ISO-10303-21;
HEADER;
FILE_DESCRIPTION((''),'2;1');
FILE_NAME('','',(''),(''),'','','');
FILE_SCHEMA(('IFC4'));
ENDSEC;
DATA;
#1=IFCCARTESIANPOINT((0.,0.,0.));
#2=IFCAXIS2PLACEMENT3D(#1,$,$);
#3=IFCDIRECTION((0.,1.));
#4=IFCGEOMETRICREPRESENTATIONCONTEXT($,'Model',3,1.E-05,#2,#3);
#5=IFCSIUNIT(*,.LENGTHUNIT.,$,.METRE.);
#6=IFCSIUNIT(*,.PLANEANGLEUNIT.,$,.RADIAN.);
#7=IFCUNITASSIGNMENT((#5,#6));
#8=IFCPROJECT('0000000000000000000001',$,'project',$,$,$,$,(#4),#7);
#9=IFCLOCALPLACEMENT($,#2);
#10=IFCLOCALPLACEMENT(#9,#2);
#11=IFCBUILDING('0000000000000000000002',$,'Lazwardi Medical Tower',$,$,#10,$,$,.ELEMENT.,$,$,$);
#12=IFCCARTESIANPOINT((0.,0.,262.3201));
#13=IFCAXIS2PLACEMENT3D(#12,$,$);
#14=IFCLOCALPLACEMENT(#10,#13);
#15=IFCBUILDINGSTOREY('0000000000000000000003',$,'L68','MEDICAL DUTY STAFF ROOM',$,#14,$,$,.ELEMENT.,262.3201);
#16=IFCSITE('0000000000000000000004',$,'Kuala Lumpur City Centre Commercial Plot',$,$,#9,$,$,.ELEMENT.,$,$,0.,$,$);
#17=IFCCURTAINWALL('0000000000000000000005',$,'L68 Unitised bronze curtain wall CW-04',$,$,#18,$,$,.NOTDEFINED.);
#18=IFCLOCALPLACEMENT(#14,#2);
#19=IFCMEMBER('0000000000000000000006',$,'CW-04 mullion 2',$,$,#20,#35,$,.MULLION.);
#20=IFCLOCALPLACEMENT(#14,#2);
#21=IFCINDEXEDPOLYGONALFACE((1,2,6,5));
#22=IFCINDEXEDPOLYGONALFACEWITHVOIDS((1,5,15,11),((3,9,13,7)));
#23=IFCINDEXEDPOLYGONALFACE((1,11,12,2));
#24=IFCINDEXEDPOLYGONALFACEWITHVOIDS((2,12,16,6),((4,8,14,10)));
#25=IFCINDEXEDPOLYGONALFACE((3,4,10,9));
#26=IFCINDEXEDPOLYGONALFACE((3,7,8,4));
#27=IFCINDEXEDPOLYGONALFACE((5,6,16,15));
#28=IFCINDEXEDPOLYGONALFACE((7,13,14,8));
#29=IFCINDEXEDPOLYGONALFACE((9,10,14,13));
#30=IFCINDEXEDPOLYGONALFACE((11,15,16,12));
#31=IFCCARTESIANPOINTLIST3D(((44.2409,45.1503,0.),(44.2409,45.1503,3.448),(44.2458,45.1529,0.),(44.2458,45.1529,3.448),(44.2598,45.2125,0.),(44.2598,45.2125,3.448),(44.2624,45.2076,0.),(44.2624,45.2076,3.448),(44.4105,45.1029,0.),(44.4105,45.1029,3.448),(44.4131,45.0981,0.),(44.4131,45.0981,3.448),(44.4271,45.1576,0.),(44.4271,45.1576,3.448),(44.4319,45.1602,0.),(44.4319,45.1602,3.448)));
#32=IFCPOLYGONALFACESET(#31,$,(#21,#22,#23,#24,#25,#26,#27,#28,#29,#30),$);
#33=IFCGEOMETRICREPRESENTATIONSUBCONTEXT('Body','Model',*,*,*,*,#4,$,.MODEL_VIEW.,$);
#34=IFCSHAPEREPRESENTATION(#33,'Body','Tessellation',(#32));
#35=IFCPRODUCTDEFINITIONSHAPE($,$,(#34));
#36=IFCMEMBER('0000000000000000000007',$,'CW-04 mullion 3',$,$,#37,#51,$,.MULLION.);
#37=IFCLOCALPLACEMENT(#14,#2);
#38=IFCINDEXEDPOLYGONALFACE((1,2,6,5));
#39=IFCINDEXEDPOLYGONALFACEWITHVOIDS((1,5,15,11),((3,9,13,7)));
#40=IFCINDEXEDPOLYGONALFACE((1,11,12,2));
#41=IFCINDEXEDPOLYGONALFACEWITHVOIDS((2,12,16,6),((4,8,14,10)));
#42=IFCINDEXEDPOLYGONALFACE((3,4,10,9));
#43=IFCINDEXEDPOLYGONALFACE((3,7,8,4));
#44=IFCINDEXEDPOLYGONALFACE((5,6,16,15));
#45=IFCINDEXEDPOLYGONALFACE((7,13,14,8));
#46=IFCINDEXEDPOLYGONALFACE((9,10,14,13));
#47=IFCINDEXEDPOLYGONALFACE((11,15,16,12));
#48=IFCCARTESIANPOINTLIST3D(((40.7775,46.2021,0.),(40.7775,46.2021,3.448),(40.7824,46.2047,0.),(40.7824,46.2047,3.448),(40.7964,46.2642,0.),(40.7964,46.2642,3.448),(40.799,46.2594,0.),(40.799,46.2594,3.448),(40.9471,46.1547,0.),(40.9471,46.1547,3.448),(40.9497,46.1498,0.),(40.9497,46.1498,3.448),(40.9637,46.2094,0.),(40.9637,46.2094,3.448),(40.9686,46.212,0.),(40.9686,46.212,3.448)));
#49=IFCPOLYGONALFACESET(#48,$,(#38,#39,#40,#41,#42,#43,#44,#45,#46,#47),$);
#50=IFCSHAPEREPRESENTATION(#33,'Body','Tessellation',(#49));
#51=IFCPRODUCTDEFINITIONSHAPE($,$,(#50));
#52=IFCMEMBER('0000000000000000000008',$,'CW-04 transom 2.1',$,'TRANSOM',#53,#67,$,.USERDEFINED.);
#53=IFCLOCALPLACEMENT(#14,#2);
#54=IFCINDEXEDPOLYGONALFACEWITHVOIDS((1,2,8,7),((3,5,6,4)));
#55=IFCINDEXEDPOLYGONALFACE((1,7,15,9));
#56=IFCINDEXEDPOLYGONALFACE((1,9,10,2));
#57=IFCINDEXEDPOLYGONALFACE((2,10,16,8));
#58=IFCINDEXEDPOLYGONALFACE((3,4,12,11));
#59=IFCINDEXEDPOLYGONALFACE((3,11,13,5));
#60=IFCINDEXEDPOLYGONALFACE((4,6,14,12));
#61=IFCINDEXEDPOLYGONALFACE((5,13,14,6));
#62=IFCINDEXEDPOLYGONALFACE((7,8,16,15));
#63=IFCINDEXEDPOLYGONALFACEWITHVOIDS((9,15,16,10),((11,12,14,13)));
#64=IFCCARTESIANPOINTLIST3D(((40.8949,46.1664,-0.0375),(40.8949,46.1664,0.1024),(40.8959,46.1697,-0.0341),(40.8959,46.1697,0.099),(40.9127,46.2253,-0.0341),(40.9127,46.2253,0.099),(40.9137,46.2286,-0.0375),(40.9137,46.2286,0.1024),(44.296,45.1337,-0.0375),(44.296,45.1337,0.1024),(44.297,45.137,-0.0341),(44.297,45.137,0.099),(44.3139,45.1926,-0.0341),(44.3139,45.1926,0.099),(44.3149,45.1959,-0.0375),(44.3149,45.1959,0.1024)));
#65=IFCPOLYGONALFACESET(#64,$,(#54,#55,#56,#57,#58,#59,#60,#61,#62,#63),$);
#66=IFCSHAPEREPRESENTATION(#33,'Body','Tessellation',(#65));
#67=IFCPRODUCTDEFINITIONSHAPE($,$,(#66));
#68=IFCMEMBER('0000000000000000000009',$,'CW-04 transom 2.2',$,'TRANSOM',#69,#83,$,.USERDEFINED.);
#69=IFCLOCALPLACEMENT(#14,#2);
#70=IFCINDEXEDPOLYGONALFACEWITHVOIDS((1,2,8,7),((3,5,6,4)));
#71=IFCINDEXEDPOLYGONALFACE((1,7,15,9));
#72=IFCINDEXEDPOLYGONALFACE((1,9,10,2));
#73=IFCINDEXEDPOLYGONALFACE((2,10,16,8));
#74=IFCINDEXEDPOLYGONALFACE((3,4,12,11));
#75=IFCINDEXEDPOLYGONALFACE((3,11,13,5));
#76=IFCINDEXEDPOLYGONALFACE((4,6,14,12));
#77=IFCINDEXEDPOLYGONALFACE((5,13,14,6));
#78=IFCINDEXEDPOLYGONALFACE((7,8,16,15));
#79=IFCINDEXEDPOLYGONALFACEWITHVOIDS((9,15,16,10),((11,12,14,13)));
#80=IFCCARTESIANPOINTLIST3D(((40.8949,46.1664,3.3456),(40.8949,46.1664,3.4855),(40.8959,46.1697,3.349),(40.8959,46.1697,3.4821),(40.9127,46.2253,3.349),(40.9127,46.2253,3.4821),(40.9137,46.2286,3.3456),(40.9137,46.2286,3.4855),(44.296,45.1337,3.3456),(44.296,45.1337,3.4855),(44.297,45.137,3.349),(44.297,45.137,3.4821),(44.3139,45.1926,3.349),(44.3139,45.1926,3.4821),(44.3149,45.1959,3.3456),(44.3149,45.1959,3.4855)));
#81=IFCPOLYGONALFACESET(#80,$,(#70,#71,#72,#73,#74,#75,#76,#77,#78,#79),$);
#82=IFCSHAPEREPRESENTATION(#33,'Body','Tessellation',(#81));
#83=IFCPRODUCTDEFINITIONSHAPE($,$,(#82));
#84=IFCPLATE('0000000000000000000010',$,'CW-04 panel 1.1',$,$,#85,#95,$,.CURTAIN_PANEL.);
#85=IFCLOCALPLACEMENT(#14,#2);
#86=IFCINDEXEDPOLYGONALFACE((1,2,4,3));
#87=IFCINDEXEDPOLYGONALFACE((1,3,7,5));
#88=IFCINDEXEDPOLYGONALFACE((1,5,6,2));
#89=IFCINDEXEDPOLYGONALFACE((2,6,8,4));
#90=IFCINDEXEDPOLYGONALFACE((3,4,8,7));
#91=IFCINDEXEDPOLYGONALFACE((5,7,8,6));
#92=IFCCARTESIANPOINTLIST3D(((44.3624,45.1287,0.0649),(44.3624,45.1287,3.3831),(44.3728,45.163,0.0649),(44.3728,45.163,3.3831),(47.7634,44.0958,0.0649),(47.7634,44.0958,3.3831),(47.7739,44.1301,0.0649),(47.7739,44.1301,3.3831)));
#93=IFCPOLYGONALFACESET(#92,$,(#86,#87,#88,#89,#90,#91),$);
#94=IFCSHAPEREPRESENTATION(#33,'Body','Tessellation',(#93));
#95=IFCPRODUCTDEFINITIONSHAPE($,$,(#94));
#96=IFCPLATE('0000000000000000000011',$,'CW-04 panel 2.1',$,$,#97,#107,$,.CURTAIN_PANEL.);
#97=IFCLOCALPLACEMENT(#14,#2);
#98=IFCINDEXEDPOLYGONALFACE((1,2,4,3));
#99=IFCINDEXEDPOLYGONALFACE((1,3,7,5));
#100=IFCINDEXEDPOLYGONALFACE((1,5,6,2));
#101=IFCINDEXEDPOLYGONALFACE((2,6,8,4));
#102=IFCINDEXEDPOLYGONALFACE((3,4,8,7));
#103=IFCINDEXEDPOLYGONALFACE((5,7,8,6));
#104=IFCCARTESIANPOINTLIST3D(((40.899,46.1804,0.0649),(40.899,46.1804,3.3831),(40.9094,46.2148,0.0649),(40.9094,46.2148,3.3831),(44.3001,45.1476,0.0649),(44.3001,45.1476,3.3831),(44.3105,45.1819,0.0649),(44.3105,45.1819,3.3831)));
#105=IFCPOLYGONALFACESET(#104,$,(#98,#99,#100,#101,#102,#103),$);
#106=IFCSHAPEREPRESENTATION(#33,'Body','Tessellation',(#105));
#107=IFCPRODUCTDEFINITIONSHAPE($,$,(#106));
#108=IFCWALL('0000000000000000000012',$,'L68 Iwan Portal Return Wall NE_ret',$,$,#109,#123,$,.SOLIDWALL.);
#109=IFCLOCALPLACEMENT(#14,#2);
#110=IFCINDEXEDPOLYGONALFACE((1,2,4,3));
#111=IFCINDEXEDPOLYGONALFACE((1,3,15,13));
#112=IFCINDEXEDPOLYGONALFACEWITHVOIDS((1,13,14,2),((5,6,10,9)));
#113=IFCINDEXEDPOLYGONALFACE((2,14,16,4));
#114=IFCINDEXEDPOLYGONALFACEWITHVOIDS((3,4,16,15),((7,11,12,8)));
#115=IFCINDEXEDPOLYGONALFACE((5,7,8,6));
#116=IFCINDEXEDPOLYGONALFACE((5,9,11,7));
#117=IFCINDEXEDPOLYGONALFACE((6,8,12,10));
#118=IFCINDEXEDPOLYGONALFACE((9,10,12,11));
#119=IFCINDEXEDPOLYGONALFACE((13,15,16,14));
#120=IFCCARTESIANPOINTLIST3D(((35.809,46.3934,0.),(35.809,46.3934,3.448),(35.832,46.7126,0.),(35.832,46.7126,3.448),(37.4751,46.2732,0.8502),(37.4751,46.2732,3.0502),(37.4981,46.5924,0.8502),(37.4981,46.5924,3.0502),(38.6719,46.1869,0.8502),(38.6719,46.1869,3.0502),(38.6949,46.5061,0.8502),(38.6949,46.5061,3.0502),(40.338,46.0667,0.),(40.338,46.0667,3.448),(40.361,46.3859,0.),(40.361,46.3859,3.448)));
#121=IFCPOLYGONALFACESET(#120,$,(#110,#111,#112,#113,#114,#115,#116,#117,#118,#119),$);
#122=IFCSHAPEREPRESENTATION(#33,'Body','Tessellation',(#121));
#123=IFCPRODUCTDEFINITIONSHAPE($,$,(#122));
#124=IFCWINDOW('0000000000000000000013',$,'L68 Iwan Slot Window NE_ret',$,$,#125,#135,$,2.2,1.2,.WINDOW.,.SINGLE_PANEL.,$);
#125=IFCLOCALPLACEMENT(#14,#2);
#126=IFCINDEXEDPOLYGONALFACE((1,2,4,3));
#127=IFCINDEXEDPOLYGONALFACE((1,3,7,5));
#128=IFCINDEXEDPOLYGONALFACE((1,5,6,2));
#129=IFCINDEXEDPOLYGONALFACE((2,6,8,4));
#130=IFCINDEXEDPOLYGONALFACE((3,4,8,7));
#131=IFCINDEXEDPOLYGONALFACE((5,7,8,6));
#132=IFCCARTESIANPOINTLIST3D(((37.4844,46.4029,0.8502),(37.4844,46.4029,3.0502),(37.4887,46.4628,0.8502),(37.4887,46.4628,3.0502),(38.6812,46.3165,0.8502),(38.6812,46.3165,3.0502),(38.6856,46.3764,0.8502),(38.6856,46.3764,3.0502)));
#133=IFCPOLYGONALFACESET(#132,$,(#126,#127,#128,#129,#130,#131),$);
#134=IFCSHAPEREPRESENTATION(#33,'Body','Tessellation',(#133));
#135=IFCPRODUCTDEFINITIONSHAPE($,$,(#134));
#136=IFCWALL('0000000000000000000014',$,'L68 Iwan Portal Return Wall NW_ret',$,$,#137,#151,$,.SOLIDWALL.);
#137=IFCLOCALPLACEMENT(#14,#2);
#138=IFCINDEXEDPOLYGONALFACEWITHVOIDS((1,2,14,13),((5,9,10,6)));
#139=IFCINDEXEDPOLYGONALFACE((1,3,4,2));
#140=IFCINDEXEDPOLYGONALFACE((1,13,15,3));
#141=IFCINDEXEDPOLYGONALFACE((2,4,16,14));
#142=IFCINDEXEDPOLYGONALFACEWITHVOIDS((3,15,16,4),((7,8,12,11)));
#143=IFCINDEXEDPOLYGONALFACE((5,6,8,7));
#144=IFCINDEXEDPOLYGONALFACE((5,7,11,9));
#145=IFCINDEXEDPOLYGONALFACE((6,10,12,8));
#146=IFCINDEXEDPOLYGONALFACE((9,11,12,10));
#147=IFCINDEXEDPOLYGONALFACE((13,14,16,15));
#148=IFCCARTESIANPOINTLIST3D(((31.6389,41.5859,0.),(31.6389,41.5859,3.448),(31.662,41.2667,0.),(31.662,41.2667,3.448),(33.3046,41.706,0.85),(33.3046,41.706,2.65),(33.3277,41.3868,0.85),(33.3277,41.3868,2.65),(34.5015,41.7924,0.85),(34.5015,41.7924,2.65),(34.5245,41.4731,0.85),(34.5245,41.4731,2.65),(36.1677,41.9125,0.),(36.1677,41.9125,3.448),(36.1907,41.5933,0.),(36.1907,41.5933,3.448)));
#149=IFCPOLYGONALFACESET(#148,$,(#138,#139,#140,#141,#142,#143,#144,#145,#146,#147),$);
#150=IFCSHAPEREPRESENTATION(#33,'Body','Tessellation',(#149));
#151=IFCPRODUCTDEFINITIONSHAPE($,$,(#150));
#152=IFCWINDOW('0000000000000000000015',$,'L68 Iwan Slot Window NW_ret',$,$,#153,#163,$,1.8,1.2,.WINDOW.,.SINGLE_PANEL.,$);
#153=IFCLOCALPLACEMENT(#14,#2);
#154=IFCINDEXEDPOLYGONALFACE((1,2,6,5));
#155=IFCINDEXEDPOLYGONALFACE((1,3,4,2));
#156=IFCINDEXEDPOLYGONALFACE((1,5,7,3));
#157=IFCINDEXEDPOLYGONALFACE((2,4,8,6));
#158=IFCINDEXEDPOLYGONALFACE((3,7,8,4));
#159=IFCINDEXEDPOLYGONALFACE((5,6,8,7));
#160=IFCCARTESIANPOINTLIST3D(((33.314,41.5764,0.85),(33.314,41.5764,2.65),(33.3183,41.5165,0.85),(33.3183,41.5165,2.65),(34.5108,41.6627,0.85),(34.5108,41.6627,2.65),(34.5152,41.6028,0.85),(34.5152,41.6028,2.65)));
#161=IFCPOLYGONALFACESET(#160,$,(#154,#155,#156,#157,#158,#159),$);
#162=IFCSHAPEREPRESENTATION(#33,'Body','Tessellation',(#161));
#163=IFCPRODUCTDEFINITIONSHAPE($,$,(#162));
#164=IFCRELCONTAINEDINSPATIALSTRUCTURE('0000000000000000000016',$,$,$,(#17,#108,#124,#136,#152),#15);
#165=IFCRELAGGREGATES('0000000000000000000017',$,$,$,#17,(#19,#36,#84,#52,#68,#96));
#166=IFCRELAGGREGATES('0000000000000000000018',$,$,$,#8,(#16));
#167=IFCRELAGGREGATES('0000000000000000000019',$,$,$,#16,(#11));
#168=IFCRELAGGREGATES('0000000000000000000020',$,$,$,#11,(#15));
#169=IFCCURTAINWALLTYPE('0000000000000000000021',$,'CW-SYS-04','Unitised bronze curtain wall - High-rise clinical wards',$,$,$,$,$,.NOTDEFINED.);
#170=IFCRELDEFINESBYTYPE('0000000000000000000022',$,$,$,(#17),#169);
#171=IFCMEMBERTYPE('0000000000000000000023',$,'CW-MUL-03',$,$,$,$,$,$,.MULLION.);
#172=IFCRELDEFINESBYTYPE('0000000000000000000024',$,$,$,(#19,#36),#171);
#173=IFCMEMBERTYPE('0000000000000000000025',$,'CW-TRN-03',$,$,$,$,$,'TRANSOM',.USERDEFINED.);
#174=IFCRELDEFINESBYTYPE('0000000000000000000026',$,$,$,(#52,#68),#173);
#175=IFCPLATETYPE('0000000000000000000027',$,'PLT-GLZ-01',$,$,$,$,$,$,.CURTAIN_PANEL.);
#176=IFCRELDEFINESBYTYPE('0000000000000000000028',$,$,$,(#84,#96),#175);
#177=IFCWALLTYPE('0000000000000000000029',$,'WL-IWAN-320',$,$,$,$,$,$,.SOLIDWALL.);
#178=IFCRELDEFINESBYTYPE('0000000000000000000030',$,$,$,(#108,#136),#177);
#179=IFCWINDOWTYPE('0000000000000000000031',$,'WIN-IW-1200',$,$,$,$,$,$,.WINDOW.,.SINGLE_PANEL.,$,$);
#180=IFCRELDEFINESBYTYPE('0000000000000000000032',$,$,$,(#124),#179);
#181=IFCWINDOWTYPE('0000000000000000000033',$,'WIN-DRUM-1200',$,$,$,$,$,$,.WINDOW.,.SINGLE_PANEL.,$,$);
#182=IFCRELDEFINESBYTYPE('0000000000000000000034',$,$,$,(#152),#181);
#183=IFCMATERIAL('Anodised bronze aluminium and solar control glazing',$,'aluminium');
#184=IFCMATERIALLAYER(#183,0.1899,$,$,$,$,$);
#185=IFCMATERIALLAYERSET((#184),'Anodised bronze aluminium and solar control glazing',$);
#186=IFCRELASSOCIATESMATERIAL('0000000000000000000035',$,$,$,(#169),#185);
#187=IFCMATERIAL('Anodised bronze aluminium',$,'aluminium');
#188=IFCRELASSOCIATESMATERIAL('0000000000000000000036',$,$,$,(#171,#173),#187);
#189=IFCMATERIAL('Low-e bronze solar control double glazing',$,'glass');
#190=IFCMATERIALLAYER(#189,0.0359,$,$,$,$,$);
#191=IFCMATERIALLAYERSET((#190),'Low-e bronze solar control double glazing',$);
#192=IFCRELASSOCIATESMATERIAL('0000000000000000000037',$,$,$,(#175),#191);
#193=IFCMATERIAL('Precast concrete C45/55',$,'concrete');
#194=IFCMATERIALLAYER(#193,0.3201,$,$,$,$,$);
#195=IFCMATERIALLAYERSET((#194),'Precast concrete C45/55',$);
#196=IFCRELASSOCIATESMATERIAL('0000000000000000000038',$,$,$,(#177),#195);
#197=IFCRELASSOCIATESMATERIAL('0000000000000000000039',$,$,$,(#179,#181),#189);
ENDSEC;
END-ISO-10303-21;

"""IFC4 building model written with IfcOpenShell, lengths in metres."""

from ifc_helpers import new_model, si_unit, direction, frame, frame_2d, origin, origin_2d, place, context, subcontext, project, spatial, rectangle, hollow_rectangle, extrude, material, layer, layer_set, material_profile, profile_set, type_object, element, fill, aggregate, save


model = new_model("IFC4")

# Units and contexts
model_context = context("Model", 3, precision=1e-05, world=origin(), true_north=direction((0.0, 1.0)))
body_context = subcontext(model_context, "Body", "Model", "MODEL_VIEW")
ifc_project = project(units=[si_unit("LENGTHUNIT", "METRE"), si_unit("PLANEANGLEUNIT", "RADIAN")], contexts=[model_context])

# Site, building, storey
site_placement = place(None, origin())
site = spatial("IfcSite", under=ifc_project, at=site_placement, Name="Kuala Lumpur City Centre Commercial Plot", CompositionType="ELEMENT", RefElevation=0.0)
building_placement = place(site_placement, origin())
building = spatial("IfcBuilding", under=site, at=building_placement, Name="Lazwardi Medical Tower", CompositionType="ELEMENT")
storey_placement = place(building_placement, frame((0.0, 0.0, 262.3201)))
storey = spatial("IfcBuildingStorey", under=building, at=storey_placement, Name="L68", Description="MEDICAL DUTY STAFF ROOM", CompositionType="ELEMENT", Elevation=262.3201)

# Curtain wall, members, plates
ifc_material_1 = material(Name="Anodised bronze aluminium and solar control glazing", Category="aluminium")
ifc_layer_1 = layer(ifc_material_1, 0.1899)
ifc_layer_set_1 = layer_set([ifc_layer_1], Name="Anodised bronze aluminium and solar control glazing")
curtain_wall_type = type_object("IfcCurtainWallType", Name="CW-SYS-04", Description="Unitised bronze curtain wall - High-rise clinical wards", PredefinedType="NOTDEFINED", material=ifc_layer_set_1)
curtain_wall_placement = place(storey_placement, origin())
curtain_wall = element("IfcCurtainWall", 1, at=curtain_wall_placement, inside=storey, type_object=curtain_wall_type, Name="L68 Unitised bronze curtain wall CW-04", PredefinedType="NOTDEFINED")
ifc_material_2 = material(Name="Anodised bronze aluminium", Category="aluminium")
ifc_material_profile_1 = material_profile(ifc_material_2, hollow_rectangle(XDim=0.0649, YDim=0.1799, WallThickness=0.0039, at=origin_2d()), Name="ALU-MULLION 180x65x4")
ifc_profile_set_1 = profile_set([ifc_material_profile_1], Name="Anodised bronze aluminium")
member_type_1 = type_object("IfcMemberType", Name="CW-MUL-03", PredefinedType="MULLION", material=ifc_profile_set_1)
member_1_placement = place(storey_placement, frame((44.3364, 45.1553, 0.0), z_axis=(0.0, 0.0, 1.0), x_axis=(-0.290582, -0.95685, 0.0)))
member_1 = element("IfcMember", 2, at=member_1_placement, type_object=member_type_1, Name="CW-04 mullion 2", PredefinedType="MULLION", context=body_context, shape_type="SweptSolid", body=[
    extrude(hollow_rectangle(XDim=0.0649, YDim=0.1799, WallThickness=0.0039, at=origin_2d()), origin(), (0.0, 0.0, 1.0), 3.448),
])
member_2_placement = place(storey_placement, frame((40.873, 46.207, 0.0), z_axis=(0.0, 0.0, 1.0), x_axis=(-0.290582, -0.95685, 0.0)))
member_2 = element("IfcMember", 3, at=member_2_placement, type_object=member_type_1, Name="CW-04 mullion 3", PredefinedType="MULLION", context=body_context, shape_type="SweptSolid", body=[
    extrude(hollow_rectangle(XDim=0.0649, YDim=0.1799, WallThickness=0.0039, at=origin_2d()), origin(), (0.0, 0.0, 1.0), 3.448),
])
ifc_material_profile_2 = material_profile(ifc_material_2, hollow_rectangle(XDim=0.0649, YDim=0.1399, WallThickness=0.0034, at=origin_2d()), Name="ALU-TRANSOM 140x65x3.5")
ifc_profile_set_2 = profile_set([ifc_material_profile_2], Name="Anodised bronze aluminium")
member_type_2 = type_object("IfcMemberType", Name="CW-TRN-03", ElementType="TRANSOM", PredefinedType="USERDEFINED", material=ifc_profile_set_2)
member_3_placement = place(storey_placement, frame((44.3054, 45.1648, 0.0325), z_axis=(-0.956863, 0.290541, 0.0), x_axis=(-0.290541, -0.956863, 0.0)))
member_3 = element("IfcMember", 4, at=member_3_placement, type_object=member_type_2, Name="CW-04 transom 2.1", ObjectType="TRANSOM", PredefinedType="USERDEFINED", context=body_context, shape_type="SweptSolid", body=[
    extrude(hollow_rectangle(XDim=0.0649, YDim=0.1399, WallThickness=0.0034, at=origin_2d()), origin(), (0.0, 0.0, 1.0), 3.5544),
])
member_4_placement = place(storey_placement, frame((44.3054, 45.1648, 3.4155), z_axis=(-0.956863, 0.290541, 0.0), x_axis=(-0.290541, -0.956863, 0.0)))
member_4 = element("IfcMember", 5, at=member_4_placement, type_object=member_type_2, Name="CW-04 transom 2.2", ObjectType="TRANSOM", PredefinedType="USERDEFINED", context=body_context, shape_type="SweptSolid", body=[
    extrude(hollow_rectangle(XDim=0.0649, YDim=0.1399, WallThickness=0.0034, at=origin_2d()), origin(), (0.0, 0.0, 1.0), 3.5544),
])
ifc_material_3 = material(Name="Low-e bronze solar control double glazing", Category="glass")
ifc_layer_2 = layer(ifc_material_3, 0.0359)
ifc_layer_set_2 = layer_set([ifc_layer_2], Name="Low-e bronze solar control double glazing")
plate_type = type_object("IfcPlateType", Name="PLT-GLZ-01", PredefinedType="CURTAIN_PANEL", material=ifc_layer_set_2)
plate_1_placement = place(storey_placement, frame((46.0681, 44.6294, 0.0649), z_axis=(0.0, 0.0, 1.0), x_axis=(-0.95685, 0.290582, 0.0)))
plate_1 = element("IfcPlate", 6, at=plate_1_placement, type_object=plate_type, Name="CW-04 panel 1.1", PredefinedType="CURTAIN_PANEL", context=body_context, shape_type="SweptSolid", body=[
    extrude(rectangle(XDim=3.5544, YDim=0.0359, at=origin_2d()), origin(), (0.0, 0.0, 1.0), 3.3181),
])
plate_2_placement = place(storey_placement, frame((42.6047, 45.6812, 0.0649), z_axis=(0.0, 0.0, 1.0), x_axis=(-0.95685, 0.290582, 0.0)))
plate_2 = element("IfcPlate", 7, at=plate_2_placement, type_object=plate_type, Name="CW-04 panel 2.1", PredefinedType="CURTAIN_PANEL", context=body_context, shape_type="SweptSolid", body=[
    extrude(rectangle(XDim=3.5544, YDim=0.0359, at=origin_2d()), origin(), (0.0, 0.0, 1.0), 3.3181),
])
aggregate(curtain_wall, [member_1, member_2, plate_1, member_3, member_4, plate_2])

# Walls, openings, windows
ifc_material_4 = material(Name="Precast concrete C45/55", Category="concrete")
ifc_layer_3 = layer(ifc_material_4, 0.3201)
ifc_layer_set_3 = layer_set([ifc_layer_3], Name="Precast concrete C45/55")
wall_type = type_object("IfcWallType", Name="WL-IWAN-320", PredefinedType="SOLIDWALL", material=ifc_layer_set_3)
wall_1_placement = place(storey_placement, frame((40.3496, 46.2263, 0.0), z_axis=(0.0, 0.0, 1.0), x_axis=(-0.997409, 0.071939, 0.0)))
wall_1 = element("IfcWall", 8, at=wall_1_placement, inside=storey, type_object=wall_type, Name="L68 Iwan Portal Return Wall NE_ret", PredefinedType="SOLIDWALL", context=body_context, shape_type="SweptSolid", body=[
    extrude(rectangle(XDim=4.5408, YDim=0.3201, at=frame_2d((2.2705, 0.0))), origin(), (0.0, 0.0, 1.0), 3.448),
])
opening_1_placement = place(wall_1_placement, frame((1.6704, 0.0, 0.8501)))
opening_1 = element("IfcOpeningElement", 9, at=opening_1_placement, cuts=wall_1, PredefinedType="OPENING", context=body_context, shape_type="SweptSolid", body=[
    extrude(rectangle(XDim=1.2, YDim=2.2, at=frame_2d((0.6001, 1.1001))), frame((0.0, 0.1699, 0.0), z_axis=(0.0, -1.0, 0.0), x_axis=(1.0, 0.0, 0.0)), (0.0, 0.0, 1.0), 0.3401),
])
window_type_1 = type_object("IfcWindowType", Name="WIN-IW-1200", PartitioningType="SINGLE_PANEL", PredefinedType="WINDOW", material=ifc_material_3)
window_1_placement = place(opening_1_placement, origin())
window_1 = element("IfcWindow", 10, at=window_1_placement, inside=storey, type_object=window_type_1, Name="L68 Iwan Slot Window NE_ret", OverallHeight=2.2, OverallWidth=1.2, PartitioningType="SINGLE_PANEL", PredefinedType="WINDOW", context=body_context, shape_type="SweptSolid", body=[
    extrude(rectangle(XDim=1.2, YDim=2.2, at=frame_2d((0.6001, 1.1001))), frame((0.0, 0.03, 0.0), z_axis=(0.0, -1.0, 0.0), x_axis=(1.0, 0.0, 0.0)), (0.0, 0.0, 1.0), 0.0601),
])
fill(opening_1, window_1)
wall_2_placement = place(storey_placement, frame((36.1792, 41.7529, 0.0), z_axis=(0.0, 0.0, 1.0), x_axis=(-0.997409, -0.071942, 0.0)))
wall_2 = element("IfcWall", 11, at=wall_2_placement, inside=storey, type_object=wall_type, Name="L68 Iwan Portal Return Wall NW_ret", PredefinedType="SOLIDWALL", context=body_context, shape_type="SweptSolid", body=[
    extrude(rectangle(XDim=4.5405, YDim=0.3201, at=frame_2d((2.2703, 0.0))), origin(), (0.0, 0.0, 1.0), 3.448),
])
opening_2_placement = place(wall_2_placement, frame((1.6704, 0.0, 0.8501)))
opening_2 = element("IfcOpeningElement", 12, at=opening_2_placement, cuts=wall_2, PredefinedType="OPENING", context=body_context, shape_type="SweptSolid", body=[
    extrude(rectangle(XDim=1.2, YDim=1.8, at=frame_2d((0.6001, 0.8999))), frame((0.0, 0.1699, 0.0), z_axis=(0.0, -1.0, 0.0), x_axis=(1.0, 0.0, 0.0)), (0.0, 0.0, 1.0), 0.3401),
])
window_type_2 = type_object("IfcWindowType", Name="WIN-DRUM-1200", PartitioningType="SINGLE_PANEL", PredefinedType="WINDOW", material=ifc_material_3)
window_2_placement = place(opening_2_placement, origin())
window_2 = element("IfcWindow", 13, at=window_2_placement, inside=storey, type_object=window_type_2, Name="L68 Iwan Slot Window NW_ret", OverallHeight=1.8, OverallWidth=1.2, PartitioningType="SINGLE_PANEL", PredefinedType="WINDOW", context=body_context, shape_type="SweptSolid", body=[
    extrude(rectangle(XDim=1.2, YDim=1.8, at=frame_2d((0.6001, 0.8999))), frame((0.0, 0.03, 0.0), z_axis=(0.0, -1.0, 0.0), x_axis=(1.0, 0.0, 0.0)), (0.0, 0.0, 1.0), 0.0601),
])
fill(opening_2, window_2)

save(model, "model.ifc")
